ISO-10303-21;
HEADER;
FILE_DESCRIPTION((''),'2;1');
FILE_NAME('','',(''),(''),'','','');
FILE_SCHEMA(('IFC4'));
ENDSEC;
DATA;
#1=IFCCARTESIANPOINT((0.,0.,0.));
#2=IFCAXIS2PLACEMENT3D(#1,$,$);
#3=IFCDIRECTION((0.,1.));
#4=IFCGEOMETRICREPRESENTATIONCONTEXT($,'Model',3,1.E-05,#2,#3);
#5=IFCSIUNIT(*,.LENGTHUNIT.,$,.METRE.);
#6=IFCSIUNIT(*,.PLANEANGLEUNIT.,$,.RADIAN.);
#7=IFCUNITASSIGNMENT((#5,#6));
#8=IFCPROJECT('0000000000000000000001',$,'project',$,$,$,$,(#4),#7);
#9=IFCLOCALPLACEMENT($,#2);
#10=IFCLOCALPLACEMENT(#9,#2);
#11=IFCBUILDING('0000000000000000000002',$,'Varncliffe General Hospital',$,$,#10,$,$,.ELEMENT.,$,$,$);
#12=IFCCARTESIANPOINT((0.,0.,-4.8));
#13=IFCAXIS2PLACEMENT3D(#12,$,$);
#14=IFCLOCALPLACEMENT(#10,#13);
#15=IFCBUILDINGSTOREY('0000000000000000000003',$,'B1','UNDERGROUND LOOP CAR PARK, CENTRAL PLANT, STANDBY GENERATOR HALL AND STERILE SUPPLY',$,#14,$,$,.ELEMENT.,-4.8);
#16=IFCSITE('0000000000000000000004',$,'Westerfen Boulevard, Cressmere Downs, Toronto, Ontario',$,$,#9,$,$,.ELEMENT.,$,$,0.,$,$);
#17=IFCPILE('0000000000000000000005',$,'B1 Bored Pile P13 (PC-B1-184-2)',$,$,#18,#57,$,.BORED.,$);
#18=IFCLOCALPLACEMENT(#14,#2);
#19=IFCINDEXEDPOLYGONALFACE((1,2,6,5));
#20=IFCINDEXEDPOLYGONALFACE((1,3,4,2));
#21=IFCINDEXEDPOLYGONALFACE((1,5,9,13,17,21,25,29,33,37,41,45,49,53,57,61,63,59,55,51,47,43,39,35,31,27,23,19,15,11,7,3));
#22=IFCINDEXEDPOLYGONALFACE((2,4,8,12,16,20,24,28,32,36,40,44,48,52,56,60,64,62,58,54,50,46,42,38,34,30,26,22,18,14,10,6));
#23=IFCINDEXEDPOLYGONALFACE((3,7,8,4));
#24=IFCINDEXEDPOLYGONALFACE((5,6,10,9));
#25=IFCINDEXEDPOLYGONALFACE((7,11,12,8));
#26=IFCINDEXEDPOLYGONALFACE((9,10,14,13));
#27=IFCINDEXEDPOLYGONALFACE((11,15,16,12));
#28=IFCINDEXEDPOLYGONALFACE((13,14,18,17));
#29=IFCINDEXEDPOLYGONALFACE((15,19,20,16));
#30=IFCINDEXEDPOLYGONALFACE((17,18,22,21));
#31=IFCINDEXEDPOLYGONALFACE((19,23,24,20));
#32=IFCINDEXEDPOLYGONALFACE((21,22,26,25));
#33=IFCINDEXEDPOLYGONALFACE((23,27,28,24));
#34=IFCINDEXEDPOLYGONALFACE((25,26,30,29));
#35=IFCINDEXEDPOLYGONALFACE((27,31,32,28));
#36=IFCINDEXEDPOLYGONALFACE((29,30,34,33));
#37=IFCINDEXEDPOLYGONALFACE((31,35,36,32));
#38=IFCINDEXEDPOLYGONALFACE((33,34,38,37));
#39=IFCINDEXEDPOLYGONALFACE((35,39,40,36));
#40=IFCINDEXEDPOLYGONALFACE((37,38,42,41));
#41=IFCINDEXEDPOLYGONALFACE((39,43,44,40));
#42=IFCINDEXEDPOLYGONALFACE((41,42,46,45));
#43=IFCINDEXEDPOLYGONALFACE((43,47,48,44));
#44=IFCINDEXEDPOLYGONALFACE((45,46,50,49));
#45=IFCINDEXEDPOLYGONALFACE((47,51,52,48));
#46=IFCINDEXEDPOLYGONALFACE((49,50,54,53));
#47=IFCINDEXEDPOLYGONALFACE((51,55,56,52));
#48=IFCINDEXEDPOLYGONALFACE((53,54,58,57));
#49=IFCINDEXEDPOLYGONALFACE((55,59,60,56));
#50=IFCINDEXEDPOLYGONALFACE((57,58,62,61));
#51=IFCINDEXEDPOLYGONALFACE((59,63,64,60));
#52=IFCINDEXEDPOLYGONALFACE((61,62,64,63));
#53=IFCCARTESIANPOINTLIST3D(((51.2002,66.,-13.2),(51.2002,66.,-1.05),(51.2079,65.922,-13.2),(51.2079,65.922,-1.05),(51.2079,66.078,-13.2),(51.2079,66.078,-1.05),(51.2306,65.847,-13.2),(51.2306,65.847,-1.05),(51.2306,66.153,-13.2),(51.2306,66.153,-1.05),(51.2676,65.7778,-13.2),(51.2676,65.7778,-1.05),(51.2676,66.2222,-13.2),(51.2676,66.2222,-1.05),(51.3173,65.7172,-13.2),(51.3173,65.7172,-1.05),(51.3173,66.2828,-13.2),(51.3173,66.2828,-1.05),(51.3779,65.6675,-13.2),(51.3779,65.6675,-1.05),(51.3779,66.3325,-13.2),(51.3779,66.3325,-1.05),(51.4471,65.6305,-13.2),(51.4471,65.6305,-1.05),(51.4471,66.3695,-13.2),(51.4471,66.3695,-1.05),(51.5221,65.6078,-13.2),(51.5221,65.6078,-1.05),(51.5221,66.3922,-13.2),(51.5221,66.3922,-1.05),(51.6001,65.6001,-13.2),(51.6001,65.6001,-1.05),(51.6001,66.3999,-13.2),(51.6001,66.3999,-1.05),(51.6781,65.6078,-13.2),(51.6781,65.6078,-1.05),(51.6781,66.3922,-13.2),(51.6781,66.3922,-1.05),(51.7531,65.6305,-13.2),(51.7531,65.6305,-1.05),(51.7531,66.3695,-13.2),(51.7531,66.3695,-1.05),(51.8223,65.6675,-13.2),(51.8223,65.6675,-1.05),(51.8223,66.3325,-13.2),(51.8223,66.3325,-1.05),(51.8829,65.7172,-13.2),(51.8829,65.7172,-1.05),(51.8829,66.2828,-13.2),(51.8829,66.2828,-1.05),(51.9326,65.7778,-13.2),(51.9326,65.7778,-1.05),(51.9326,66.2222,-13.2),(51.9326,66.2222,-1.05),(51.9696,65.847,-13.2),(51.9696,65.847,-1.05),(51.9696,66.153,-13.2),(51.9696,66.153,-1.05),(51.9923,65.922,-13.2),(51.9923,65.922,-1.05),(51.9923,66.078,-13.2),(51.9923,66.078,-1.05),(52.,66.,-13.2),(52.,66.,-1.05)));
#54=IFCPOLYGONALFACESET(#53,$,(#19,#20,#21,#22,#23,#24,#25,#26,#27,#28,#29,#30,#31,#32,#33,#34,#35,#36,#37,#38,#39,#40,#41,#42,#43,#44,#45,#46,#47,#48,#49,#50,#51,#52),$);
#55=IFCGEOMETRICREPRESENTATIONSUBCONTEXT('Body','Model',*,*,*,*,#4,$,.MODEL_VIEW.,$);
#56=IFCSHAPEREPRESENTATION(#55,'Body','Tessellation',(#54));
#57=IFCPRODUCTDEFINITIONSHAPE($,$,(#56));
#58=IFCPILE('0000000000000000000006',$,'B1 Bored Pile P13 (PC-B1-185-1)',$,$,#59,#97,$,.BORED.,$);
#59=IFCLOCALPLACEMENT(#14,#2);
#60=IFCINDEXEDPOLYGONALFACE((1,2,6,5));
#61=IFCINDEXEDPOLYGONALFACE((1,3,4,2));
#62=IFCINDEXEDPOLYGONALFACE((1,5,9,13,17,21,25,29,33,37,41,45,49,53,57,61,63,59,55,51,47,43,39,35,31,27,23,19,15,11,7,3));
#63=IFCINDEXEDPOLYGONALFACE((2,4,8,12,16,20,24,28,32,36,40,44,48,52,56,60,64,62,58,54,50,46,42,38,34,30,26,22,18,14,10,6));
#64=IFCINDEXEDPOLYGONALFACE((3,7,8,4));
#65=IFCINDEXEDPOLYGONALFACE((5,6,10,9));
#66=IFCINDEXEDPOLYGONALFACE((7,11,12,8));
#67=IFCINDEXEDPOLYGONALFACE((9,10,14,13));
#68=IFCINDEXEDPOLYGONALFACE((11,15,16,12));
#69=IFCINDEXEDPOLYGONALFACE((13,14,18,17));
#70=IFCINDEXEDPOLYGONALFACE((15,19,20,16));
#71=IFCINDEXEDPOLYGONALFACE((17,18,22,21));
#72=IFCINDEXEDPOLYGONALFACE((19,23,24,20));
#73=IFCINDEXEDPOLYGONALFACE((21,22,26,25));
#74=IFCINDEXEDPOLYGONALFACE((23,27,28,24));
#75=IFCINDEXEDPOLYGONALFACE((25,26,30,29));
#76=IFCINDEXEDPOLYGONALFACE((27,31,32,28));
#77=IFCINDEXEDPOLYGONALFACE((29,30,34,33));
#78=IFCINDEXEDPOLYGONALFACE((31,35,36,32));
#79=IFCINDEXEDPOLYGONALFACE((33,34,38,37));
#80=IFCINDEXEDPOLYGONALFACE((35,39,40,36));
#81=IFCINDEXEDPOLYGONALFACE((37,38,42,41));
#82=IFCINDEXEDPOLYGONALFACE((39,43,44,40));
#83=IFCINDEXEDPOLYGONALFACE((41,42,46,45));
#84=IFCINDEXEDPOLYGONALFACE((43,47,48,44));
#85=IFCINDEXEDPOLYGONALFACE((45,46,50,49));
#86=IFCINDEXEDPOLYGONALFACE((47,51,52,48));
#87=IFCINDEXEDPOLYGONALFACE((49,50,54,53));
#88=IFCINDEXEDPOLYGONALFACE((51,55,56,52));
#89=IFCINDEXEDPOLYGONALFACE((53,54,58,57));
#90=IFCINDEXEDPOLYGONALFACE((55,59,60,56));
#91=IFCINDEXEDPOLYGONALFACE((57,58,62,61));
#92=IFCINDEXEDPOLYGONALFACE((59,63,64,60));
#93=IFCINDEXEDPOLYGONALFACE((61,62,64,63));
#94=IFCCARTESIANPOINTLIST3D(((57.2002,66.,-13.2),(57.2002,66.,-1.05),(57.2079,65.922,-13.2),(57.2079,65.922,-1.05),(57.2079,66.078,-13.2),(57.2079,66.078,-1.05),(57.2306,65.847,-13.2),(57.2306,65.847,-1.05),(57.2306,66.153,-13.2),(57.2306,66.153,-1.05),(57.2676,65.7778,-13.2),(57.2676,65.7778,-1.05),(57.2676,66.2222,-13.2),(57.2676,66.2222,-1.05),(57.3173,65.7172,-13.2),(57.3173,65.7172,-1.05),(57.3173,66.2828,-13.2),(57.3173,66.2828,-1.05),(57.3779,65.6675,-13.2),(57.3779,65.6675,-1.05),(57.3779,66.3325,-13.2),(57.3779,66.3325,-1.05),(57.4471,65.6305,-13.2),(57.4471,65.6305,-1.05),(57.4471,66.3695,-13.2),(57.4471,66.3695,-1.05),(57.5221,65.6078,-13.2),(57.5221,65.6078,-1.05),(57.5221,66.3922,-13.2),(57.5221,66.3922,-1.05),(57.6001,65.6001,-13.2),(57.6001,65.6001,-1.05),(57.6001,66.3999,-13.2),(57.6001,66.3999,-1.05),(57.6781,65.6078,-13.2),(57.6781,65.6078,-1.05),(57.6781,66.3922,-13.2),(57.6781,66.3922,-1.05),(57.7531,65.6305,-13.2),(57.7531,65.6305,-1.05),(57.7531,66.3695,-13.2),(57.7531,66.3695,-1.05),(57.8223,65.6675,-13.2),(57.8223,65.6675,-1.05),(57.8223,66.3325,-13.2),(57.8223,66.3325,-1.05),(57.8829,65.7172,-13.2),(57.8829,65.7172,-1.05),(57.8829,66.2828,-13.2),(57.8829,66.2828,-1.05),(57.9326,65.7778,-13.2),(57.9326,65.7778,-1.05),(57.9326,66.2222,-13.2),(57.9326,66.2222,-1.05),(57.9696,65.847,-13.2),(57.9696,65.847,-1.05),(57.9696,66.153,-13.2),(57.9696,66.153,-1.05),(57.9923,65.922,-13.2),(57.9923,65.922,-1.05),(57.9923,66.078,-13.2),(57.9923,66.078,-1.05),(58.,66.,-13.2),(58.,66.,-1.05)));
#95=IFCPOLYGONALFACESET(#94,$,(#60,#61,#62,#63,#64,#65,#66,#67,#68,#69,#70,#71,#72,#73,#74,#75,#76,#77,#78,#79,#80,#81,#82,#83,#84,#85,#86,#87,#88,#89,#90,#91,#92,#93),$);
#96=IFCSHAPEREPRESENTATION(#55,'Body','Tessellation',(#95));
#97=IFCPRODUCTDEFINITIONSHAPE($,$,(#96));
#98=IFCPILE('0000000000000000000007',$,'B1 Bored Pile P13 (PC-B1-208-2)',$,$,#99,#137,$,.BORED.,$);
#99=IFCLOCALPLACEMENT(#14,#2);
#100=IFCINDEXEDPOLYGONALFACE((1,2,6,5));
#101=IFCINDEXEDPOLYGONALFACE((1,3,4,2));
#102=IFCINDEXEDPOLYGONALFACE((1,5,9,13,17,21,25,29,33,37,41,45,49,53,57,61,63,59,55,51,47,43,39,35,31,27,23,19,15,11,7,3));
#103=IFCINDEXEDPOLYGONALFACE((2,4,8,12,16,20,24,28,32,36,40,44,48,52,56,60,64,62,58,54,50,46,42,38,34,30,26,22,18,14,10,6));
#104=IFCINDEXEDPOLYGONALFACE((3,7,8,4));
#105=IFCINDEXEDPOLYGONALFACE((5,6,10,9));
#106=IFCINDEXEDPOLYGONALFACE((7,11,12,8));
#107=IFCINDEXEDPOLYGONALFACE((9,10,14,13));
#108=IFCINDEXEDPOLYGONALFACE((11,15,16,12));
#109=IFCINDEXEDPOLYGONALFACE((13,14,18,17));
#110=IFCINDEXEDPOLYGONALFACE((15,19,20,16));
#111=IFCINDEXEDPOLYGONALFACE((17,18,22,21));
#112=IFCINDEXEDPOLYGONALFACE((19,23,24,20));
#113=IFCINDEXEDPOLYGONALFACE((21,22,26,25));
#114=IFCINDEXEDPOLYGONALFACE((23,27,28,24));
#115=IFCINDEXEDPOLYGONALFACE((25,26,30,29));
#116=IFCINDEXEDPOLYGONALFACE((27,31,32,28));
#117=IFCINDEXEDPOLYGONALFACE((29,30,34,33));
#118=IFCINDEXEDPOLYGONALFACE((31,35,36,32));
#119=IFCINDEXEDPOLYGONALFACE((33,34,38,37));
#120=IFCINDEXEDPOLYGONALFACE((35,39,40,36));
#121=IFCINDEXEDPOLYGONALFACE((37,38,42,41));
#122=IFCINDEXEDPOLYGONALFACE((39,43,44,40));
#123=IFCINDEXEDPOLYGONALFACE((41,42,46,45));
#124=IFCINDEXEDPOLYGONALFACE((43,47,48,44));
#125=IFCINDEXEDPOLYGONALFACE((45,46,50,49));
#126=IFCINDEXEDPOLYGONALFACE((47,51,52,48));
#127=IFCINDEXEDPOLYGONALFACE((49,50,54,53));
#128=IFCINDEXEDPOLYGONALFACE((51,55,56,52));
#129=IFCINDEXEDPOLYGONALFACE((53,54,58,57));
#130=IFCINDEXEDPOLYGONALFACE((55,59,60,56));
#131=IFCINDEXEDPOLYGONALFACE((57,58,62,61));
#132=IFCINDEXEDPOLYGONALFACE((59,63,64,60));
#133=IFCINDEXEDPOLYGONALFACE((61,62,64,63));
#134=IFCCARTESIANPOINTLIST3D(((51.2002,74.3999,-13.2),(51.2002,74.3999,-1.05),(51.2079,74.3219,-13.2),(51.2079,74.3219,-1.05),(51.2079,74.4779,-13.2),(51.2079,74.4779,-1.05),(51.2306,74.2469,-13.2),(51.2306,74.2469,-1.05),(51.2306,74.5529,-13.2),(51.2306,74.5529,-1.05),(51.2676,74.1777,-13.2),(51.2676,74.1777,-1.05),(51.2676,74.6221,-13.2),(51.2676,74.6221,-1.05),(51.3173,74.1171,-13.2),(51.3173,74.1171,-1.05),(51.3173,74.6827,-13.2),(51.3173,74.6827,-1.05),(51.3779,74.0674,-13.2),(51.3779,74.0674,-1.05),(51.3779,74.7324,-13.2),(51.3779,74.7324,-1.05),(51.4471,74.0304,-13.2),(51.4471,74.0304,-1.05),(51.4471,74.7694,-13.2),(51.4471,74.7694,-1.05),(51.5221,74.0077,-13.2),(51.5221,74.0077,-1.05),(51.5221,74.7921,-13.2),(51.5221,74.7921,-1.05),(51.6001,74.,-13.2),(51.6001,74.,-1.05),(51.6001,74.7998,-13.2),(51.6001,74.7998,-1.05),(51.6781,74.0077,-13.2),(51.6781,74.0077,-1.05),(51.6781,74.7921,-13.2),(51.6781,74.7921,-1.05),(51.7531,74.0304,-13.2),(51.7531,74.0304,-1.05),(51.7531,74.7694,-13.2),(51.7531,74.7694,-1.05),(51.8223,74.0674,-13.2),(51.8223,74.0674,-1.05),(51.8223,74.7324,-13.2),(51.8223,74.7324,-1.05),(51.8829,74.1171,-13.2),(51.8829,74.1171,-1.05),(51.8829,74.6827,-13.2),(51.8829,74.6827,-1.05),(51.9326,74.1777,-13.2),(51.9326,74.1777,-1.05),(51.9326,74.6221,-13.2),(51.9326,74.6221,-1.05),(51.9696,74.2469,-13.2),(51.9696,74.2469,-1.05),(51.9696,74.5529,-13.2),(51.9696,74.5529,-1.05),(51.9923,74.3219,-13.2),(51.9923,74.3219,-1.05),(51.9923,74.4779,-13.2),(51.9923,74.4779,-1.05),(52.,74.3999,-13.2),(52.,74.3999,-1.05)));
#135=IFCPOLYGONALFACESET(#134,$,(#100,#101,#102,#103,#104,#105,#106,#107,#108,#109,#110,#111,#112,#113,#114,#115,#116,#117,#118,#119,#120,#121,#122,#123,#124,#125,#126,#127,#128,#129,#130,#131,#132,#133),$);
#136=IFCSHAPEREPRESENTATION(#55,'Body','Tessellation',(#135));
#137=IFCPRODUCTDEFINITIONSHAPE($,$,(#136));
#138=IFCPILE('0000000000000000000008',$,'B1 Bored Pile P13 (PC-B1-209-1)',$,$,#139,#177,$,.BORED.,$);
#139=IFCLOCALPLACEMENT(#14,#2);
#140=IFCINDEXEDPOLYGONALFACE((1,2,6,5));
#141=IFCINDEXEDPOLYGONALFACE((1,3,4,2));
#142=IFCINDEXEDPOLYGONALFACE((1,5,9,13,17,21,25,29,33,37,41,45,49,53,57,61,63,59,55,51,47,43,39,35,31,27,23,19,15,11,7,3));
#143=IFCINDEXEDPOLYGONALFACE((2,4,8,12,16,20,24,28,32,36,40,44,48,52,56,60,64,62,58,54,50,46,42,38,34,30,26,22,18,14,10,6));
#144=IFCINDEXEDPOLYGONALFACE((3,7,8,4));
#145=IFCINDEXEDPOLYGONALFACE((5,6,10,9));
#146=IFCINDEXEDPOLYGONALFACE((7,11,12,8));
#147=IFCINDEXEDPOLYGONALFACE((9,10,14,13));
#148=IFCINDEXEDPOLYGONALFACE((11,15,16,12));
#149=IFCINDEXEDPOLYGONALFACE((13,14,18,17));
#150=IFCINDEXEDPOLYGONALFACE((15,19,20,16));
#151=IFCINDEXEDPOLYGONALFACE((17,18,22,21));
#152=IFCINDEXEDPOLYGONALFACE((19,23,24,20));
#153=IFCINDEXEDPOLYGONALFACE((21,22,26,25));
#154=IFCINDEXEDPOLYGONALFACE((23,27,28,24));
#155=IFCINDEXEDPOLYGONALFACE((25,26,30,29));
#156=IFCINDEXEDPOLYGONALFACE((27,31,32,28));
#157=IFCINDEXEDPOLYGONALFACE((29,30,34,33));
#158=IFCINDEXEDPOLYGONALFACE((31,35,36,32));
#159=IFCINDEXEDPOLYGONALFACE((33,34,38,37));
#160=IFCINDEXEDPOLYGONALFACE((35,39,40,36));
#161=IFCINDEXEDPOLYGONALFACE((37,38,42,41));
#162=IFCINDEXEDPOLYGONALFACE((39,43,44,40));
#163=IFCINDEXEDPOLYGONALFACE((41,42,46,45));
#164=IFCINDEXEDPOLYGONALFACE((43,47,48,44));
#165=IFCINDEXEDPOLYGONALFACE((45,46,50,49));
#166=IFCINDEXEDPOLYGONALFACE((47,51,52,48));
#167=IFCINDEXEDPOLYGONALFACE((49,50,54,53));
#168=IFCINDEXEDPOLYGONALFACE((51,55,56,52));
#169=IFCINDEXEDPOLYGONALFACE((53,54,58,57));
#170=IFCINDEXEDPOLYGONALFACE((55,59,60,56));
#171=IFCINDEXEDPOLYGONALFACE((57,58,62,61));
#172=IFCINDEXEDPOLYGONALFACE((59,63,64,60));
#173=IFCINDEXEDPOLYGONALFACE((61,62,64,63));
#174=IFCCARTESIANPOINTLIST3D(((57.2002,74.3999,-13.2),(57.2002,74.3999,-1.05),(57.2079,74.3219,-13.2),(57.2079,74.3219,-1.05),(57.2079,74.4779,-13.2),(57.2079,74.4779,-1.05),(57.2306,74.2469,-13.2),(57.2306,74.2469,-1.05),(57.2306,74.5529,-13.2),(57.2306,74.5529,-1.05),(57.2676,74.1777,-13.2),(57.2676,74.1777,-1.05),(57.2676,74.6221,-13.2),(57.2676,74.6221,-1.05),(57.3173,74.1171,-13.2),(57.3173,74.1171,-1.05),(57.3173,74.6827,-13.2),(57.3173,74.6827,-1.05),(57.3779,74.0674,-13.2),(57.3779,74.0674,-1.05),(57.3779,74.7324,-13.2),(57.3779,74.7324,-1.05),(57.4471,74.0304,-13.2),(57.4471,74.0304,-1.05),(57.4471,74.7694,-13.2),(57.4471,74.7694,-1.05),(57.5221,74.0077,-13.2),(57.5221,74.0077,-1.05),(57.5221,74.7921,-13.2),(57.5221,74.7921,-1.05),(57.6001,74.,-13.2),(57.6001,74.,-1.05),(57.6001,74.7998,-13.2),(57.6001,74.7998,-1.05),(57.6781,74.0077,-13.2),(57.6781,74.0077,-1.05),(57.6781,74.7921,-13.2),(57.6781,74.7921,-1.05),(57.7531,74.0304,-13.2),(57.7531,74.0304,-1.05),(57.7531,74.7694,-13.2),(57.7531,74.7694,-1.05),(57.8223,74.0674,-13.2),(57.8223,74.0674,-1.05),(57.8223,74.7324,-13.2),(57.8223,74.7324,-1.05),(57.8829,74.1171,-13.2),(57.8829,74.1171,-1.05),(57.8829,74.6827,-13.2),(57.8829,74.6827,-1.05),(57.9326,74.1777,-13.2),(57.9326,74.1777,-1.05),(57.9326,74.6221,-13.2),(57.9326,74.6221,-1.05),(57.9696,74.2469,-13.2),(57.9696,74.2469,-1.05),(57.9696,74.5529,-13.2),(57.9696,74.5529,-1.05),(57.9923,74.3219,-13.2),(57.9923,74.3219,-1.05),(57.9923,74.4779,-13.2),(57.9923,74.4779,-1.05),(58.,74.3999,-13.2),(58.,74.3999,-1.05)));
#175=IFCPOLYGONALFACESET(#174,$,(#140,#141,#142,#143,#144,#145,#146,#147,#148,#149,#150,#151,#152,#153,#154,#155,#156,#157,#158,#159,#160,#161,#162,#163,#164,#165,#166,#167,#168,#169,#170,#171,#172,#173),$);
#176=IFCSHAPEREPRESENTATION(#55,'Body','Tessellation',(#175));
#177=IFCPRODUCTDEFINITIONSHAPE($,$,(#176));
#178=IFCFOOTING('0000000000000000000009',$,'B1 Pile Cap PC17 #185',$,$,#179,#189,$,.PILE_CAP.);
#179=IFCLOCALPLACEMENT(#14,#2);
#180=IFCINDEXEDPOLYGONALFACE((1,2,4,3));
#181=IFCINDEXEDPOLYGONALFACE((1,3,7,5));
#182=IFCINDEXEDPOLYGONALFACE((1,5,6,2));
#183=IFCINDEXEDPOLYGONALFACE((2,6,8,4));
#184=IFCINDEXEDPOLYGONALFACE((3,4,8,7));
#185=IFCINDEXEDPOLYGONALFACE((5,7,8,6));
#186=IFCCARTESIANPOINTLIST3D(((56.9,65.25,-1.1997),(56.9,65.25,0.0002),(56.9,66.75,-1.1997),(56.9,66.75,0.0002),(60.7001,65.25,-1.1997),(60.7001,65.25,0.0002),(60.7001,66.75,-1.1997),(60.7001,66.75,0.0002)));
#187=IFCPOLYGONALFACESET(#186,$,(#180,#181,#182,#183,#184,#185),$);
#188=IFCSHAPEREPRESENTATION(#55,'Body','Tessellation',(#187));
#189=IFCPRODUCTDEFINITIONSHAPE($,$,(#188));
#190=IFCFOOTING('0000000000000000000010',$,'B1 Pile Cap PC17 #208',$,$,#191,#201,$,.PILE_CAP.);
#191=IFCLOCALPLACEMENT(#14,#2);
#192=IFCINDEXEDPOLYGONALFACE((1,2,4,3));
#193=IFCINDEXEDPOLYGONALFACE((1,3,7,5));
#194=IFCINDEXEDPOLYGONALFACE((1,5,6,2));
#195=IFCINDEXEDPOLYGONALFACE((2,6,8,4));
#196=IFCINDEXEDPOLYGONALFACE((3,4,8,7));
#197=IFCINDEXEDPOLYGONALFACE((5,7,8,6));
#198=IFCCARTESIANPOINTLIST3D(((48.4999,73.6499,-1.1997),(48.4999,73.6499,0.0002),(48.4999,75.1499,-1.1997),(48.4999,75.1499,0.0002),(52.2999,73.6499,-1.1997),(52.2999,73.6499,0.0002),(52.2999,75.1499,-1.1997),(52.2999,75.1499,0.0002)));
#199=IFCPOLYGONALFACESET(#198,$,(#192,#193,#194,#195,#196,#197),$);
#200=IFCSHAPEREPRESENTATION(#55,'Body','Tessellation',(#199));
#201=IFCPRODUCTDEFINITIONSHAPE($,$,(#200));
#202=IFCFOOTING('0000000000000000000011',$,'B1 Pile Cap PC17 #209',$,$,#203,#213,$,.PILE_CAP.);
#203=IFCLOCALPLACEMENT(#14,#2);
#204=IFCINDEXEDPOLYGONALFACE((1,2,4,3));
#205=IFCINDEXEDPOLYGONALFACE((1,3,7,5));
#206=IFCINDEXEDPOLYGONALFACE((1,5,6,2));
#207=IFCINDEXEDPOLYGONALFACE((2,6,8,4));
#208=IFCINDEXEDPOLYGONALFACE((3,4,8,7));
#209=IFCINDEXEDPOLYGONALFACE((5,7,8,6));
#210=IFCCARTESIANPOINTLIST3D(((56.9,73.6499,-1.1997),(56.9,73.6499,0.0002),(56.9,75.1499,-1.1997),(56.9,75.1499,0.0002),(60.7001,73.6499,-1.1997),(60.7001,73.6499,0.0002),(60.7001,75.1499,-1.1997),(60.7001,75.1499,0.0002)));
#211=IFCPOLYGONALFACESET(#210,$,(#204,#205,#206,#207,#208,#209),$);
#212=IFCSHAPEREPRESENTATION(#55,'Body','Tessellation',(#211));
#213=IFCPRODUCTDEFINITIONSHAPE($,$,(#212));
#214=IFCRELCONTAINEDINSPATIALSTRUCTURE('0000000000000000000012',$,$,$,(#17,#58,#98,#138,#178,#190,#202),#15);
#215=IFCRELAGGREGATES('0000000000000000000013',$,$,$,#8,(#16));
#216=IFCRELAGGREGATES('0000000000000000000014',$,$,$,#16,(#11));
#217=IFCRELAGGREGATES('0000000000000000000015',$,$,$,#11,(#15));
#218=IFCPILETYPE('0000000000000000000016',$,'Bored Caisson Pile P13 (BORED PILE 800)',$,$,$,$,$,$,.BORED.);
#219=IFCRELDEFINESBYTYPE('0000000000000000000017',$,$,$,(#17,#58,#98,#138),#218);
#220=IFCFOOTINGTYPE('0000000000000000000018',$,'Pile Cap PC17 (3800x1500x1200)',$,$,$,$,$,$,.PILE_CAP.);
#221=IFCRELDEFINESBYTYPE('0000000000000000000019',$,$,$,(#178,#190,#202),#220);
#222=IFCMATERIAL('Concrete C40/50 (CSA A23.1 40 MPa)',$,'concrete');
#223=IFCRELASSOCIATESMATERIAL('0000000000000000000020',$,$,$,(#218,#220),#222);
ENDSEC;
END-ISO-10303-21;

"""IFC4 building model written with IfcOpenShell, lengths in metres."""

from ifc_helpers import new_model, si_unit, direction, frame, origin, origin_2d, place, context, subcontext, project, spatial, rectangle, circle, extrude, material, material_profile, profile_set, type_object, element, save


model = new_model("IFC4")

# Units and contexts
model_context = context("Model", 3, precision=1e-05, world=origin(), true_north=direction((0.0, 1.0)))
body_context = subcontext(model_context, "Body", "Model", "MODEL_VIEW")
ifc_project = project(units=[si_unit("LENGTHUNIT", "METRE"), si_unit("PLANEANGLEUNIT", "RADIAN")], contexts=[model_context])

# Site, building, storey
site_placement = place(None, origin())
site = spatial("IfcSite", under=ifc_project, at=site_placement, Name="Westerfen Boulevard, Cressmere Downs, Toronto, Ontario", CompositionType="ELEMENT", RefElevation=0.0)
building_placement = place(site_placement, origin())
building = spatial("IfcBuilding", under=site, at=building_placement, Name="Varncliffe General Hospital", CompositionType="ELEMENT")
storey_placement = place(building_placement, frame((0.0, 0.0, -4.8)))
storey = spatial("IfcBuildingStorey", under=building, at=storey_placement, Name="B1", Description="UNDERGROUND LOOP CAR PARK, CENTRAL PLANT, STANDBY GENERATOR HALL AND STERILE SUPPLY", CompositionType="ELEMENT", Elevation=-4.8)

# Piles
ifc_material_1 = material(Name="Concrete C40/50 (CSA A23.1 40 MPa)", Category="concrete")
ifc_material_profile_1 = material_profile(ifc_material_1, circle(Radius=0.3999, at=origin_2d()), Name="BORED PILE 800")
ifc_profile_set_1 = profile_set([ifc_material_profile_1], Name="Concrete C40/50 (CSA A23.1 40 MPa)")
pile_type = type_object("IfcPileType", Name="Bored Caisson Pile P13 (BORED PILE 800)", PredefinedType="BORED", material=ifc_profile_set_1)
for number, where, z_axis, x_axis, name in (
    (1, (51.6001, 66.0, -1.05), (0.0, 0.0, -1.0), (1.0, 0.0, 0.0), "B1 Bored Pile P13 (PC-B1-184-2)"),
    (2, (57.6001, 66.0, -1.05), (0.0, 0.0, -1.0), (1.0, 0.0, 0.0), "B1 Bored Pile P13 (PC-B1-185-1)"),
    (3, (51.6001, 74.3999, -1.05), (0.0, 0.0, -1.0), (1.0, 0.0, 0.0), "B1 Bored Pile P13 (PC-B1-208-2)"),
    (4, (57.6001, 74.3999, -1.05), (0.0, 0.0, -1.0), (1.0, 0.0, 0.0), "B1 Bored Pile P13 (PC-B1-209-1)"),
):
    element("IfcPile", number, at=place(storey_placement, frame(where, z_axis=z_axis, x_axis=x_axis)), inside=storey, type_object=pile_type, Name=name, PredefinedType="BORED", context=body_context, shape_type="SweptSolid", body=[
        extrude(circle(Radius=0.3999, at=origin_2d()), origin(), (0.0, 0.0, 1.0), 12.1499),
    ])

# Footings
footing_type_1 = type_object("IfcFootingType", Name="Pile Cap PC17 (3800x1500x1200)", PredefinedType="PILE_CAP", material=ifc_material_1)
for number, where, z_axis, x_axis, name in (
    (5, (58.8, 66.0, -1.1997), (0.0, 0.0, 1.0), (1.0, 0.0, 0.0), "B1 Pile Cap PC17 #185"),
    (6, (50.3999, 74.3999, -1.1997), (0.0, 0.0, 1.0), (1.0, 0.0, 0.0), "B1 Pile Cap PC17 #208"),
    (7, (58.8, 74.3999, -1.1997), (0.0, 0.0, 1.0), (1.0, 0.0, 0.0), "B1 Pile Cap PC17 #209"),
):
    element("IfcFooting", number, at=place(storey_placement, frame(where, z_axis=z_axis, x_axis=x_axis)), inside=storey, type_object=footing_type_1, Name=name, PredefinedType="PILE_CAP", context=body_context, shape_type="SweptSolid", body=[
        extrude(rectangle(XDim=3.8, YDim=1.5, at=origin_2d()), origin(), (0.0, 0.0, 1.0), 1.2),
    ])

save(model, "model.ifc")
